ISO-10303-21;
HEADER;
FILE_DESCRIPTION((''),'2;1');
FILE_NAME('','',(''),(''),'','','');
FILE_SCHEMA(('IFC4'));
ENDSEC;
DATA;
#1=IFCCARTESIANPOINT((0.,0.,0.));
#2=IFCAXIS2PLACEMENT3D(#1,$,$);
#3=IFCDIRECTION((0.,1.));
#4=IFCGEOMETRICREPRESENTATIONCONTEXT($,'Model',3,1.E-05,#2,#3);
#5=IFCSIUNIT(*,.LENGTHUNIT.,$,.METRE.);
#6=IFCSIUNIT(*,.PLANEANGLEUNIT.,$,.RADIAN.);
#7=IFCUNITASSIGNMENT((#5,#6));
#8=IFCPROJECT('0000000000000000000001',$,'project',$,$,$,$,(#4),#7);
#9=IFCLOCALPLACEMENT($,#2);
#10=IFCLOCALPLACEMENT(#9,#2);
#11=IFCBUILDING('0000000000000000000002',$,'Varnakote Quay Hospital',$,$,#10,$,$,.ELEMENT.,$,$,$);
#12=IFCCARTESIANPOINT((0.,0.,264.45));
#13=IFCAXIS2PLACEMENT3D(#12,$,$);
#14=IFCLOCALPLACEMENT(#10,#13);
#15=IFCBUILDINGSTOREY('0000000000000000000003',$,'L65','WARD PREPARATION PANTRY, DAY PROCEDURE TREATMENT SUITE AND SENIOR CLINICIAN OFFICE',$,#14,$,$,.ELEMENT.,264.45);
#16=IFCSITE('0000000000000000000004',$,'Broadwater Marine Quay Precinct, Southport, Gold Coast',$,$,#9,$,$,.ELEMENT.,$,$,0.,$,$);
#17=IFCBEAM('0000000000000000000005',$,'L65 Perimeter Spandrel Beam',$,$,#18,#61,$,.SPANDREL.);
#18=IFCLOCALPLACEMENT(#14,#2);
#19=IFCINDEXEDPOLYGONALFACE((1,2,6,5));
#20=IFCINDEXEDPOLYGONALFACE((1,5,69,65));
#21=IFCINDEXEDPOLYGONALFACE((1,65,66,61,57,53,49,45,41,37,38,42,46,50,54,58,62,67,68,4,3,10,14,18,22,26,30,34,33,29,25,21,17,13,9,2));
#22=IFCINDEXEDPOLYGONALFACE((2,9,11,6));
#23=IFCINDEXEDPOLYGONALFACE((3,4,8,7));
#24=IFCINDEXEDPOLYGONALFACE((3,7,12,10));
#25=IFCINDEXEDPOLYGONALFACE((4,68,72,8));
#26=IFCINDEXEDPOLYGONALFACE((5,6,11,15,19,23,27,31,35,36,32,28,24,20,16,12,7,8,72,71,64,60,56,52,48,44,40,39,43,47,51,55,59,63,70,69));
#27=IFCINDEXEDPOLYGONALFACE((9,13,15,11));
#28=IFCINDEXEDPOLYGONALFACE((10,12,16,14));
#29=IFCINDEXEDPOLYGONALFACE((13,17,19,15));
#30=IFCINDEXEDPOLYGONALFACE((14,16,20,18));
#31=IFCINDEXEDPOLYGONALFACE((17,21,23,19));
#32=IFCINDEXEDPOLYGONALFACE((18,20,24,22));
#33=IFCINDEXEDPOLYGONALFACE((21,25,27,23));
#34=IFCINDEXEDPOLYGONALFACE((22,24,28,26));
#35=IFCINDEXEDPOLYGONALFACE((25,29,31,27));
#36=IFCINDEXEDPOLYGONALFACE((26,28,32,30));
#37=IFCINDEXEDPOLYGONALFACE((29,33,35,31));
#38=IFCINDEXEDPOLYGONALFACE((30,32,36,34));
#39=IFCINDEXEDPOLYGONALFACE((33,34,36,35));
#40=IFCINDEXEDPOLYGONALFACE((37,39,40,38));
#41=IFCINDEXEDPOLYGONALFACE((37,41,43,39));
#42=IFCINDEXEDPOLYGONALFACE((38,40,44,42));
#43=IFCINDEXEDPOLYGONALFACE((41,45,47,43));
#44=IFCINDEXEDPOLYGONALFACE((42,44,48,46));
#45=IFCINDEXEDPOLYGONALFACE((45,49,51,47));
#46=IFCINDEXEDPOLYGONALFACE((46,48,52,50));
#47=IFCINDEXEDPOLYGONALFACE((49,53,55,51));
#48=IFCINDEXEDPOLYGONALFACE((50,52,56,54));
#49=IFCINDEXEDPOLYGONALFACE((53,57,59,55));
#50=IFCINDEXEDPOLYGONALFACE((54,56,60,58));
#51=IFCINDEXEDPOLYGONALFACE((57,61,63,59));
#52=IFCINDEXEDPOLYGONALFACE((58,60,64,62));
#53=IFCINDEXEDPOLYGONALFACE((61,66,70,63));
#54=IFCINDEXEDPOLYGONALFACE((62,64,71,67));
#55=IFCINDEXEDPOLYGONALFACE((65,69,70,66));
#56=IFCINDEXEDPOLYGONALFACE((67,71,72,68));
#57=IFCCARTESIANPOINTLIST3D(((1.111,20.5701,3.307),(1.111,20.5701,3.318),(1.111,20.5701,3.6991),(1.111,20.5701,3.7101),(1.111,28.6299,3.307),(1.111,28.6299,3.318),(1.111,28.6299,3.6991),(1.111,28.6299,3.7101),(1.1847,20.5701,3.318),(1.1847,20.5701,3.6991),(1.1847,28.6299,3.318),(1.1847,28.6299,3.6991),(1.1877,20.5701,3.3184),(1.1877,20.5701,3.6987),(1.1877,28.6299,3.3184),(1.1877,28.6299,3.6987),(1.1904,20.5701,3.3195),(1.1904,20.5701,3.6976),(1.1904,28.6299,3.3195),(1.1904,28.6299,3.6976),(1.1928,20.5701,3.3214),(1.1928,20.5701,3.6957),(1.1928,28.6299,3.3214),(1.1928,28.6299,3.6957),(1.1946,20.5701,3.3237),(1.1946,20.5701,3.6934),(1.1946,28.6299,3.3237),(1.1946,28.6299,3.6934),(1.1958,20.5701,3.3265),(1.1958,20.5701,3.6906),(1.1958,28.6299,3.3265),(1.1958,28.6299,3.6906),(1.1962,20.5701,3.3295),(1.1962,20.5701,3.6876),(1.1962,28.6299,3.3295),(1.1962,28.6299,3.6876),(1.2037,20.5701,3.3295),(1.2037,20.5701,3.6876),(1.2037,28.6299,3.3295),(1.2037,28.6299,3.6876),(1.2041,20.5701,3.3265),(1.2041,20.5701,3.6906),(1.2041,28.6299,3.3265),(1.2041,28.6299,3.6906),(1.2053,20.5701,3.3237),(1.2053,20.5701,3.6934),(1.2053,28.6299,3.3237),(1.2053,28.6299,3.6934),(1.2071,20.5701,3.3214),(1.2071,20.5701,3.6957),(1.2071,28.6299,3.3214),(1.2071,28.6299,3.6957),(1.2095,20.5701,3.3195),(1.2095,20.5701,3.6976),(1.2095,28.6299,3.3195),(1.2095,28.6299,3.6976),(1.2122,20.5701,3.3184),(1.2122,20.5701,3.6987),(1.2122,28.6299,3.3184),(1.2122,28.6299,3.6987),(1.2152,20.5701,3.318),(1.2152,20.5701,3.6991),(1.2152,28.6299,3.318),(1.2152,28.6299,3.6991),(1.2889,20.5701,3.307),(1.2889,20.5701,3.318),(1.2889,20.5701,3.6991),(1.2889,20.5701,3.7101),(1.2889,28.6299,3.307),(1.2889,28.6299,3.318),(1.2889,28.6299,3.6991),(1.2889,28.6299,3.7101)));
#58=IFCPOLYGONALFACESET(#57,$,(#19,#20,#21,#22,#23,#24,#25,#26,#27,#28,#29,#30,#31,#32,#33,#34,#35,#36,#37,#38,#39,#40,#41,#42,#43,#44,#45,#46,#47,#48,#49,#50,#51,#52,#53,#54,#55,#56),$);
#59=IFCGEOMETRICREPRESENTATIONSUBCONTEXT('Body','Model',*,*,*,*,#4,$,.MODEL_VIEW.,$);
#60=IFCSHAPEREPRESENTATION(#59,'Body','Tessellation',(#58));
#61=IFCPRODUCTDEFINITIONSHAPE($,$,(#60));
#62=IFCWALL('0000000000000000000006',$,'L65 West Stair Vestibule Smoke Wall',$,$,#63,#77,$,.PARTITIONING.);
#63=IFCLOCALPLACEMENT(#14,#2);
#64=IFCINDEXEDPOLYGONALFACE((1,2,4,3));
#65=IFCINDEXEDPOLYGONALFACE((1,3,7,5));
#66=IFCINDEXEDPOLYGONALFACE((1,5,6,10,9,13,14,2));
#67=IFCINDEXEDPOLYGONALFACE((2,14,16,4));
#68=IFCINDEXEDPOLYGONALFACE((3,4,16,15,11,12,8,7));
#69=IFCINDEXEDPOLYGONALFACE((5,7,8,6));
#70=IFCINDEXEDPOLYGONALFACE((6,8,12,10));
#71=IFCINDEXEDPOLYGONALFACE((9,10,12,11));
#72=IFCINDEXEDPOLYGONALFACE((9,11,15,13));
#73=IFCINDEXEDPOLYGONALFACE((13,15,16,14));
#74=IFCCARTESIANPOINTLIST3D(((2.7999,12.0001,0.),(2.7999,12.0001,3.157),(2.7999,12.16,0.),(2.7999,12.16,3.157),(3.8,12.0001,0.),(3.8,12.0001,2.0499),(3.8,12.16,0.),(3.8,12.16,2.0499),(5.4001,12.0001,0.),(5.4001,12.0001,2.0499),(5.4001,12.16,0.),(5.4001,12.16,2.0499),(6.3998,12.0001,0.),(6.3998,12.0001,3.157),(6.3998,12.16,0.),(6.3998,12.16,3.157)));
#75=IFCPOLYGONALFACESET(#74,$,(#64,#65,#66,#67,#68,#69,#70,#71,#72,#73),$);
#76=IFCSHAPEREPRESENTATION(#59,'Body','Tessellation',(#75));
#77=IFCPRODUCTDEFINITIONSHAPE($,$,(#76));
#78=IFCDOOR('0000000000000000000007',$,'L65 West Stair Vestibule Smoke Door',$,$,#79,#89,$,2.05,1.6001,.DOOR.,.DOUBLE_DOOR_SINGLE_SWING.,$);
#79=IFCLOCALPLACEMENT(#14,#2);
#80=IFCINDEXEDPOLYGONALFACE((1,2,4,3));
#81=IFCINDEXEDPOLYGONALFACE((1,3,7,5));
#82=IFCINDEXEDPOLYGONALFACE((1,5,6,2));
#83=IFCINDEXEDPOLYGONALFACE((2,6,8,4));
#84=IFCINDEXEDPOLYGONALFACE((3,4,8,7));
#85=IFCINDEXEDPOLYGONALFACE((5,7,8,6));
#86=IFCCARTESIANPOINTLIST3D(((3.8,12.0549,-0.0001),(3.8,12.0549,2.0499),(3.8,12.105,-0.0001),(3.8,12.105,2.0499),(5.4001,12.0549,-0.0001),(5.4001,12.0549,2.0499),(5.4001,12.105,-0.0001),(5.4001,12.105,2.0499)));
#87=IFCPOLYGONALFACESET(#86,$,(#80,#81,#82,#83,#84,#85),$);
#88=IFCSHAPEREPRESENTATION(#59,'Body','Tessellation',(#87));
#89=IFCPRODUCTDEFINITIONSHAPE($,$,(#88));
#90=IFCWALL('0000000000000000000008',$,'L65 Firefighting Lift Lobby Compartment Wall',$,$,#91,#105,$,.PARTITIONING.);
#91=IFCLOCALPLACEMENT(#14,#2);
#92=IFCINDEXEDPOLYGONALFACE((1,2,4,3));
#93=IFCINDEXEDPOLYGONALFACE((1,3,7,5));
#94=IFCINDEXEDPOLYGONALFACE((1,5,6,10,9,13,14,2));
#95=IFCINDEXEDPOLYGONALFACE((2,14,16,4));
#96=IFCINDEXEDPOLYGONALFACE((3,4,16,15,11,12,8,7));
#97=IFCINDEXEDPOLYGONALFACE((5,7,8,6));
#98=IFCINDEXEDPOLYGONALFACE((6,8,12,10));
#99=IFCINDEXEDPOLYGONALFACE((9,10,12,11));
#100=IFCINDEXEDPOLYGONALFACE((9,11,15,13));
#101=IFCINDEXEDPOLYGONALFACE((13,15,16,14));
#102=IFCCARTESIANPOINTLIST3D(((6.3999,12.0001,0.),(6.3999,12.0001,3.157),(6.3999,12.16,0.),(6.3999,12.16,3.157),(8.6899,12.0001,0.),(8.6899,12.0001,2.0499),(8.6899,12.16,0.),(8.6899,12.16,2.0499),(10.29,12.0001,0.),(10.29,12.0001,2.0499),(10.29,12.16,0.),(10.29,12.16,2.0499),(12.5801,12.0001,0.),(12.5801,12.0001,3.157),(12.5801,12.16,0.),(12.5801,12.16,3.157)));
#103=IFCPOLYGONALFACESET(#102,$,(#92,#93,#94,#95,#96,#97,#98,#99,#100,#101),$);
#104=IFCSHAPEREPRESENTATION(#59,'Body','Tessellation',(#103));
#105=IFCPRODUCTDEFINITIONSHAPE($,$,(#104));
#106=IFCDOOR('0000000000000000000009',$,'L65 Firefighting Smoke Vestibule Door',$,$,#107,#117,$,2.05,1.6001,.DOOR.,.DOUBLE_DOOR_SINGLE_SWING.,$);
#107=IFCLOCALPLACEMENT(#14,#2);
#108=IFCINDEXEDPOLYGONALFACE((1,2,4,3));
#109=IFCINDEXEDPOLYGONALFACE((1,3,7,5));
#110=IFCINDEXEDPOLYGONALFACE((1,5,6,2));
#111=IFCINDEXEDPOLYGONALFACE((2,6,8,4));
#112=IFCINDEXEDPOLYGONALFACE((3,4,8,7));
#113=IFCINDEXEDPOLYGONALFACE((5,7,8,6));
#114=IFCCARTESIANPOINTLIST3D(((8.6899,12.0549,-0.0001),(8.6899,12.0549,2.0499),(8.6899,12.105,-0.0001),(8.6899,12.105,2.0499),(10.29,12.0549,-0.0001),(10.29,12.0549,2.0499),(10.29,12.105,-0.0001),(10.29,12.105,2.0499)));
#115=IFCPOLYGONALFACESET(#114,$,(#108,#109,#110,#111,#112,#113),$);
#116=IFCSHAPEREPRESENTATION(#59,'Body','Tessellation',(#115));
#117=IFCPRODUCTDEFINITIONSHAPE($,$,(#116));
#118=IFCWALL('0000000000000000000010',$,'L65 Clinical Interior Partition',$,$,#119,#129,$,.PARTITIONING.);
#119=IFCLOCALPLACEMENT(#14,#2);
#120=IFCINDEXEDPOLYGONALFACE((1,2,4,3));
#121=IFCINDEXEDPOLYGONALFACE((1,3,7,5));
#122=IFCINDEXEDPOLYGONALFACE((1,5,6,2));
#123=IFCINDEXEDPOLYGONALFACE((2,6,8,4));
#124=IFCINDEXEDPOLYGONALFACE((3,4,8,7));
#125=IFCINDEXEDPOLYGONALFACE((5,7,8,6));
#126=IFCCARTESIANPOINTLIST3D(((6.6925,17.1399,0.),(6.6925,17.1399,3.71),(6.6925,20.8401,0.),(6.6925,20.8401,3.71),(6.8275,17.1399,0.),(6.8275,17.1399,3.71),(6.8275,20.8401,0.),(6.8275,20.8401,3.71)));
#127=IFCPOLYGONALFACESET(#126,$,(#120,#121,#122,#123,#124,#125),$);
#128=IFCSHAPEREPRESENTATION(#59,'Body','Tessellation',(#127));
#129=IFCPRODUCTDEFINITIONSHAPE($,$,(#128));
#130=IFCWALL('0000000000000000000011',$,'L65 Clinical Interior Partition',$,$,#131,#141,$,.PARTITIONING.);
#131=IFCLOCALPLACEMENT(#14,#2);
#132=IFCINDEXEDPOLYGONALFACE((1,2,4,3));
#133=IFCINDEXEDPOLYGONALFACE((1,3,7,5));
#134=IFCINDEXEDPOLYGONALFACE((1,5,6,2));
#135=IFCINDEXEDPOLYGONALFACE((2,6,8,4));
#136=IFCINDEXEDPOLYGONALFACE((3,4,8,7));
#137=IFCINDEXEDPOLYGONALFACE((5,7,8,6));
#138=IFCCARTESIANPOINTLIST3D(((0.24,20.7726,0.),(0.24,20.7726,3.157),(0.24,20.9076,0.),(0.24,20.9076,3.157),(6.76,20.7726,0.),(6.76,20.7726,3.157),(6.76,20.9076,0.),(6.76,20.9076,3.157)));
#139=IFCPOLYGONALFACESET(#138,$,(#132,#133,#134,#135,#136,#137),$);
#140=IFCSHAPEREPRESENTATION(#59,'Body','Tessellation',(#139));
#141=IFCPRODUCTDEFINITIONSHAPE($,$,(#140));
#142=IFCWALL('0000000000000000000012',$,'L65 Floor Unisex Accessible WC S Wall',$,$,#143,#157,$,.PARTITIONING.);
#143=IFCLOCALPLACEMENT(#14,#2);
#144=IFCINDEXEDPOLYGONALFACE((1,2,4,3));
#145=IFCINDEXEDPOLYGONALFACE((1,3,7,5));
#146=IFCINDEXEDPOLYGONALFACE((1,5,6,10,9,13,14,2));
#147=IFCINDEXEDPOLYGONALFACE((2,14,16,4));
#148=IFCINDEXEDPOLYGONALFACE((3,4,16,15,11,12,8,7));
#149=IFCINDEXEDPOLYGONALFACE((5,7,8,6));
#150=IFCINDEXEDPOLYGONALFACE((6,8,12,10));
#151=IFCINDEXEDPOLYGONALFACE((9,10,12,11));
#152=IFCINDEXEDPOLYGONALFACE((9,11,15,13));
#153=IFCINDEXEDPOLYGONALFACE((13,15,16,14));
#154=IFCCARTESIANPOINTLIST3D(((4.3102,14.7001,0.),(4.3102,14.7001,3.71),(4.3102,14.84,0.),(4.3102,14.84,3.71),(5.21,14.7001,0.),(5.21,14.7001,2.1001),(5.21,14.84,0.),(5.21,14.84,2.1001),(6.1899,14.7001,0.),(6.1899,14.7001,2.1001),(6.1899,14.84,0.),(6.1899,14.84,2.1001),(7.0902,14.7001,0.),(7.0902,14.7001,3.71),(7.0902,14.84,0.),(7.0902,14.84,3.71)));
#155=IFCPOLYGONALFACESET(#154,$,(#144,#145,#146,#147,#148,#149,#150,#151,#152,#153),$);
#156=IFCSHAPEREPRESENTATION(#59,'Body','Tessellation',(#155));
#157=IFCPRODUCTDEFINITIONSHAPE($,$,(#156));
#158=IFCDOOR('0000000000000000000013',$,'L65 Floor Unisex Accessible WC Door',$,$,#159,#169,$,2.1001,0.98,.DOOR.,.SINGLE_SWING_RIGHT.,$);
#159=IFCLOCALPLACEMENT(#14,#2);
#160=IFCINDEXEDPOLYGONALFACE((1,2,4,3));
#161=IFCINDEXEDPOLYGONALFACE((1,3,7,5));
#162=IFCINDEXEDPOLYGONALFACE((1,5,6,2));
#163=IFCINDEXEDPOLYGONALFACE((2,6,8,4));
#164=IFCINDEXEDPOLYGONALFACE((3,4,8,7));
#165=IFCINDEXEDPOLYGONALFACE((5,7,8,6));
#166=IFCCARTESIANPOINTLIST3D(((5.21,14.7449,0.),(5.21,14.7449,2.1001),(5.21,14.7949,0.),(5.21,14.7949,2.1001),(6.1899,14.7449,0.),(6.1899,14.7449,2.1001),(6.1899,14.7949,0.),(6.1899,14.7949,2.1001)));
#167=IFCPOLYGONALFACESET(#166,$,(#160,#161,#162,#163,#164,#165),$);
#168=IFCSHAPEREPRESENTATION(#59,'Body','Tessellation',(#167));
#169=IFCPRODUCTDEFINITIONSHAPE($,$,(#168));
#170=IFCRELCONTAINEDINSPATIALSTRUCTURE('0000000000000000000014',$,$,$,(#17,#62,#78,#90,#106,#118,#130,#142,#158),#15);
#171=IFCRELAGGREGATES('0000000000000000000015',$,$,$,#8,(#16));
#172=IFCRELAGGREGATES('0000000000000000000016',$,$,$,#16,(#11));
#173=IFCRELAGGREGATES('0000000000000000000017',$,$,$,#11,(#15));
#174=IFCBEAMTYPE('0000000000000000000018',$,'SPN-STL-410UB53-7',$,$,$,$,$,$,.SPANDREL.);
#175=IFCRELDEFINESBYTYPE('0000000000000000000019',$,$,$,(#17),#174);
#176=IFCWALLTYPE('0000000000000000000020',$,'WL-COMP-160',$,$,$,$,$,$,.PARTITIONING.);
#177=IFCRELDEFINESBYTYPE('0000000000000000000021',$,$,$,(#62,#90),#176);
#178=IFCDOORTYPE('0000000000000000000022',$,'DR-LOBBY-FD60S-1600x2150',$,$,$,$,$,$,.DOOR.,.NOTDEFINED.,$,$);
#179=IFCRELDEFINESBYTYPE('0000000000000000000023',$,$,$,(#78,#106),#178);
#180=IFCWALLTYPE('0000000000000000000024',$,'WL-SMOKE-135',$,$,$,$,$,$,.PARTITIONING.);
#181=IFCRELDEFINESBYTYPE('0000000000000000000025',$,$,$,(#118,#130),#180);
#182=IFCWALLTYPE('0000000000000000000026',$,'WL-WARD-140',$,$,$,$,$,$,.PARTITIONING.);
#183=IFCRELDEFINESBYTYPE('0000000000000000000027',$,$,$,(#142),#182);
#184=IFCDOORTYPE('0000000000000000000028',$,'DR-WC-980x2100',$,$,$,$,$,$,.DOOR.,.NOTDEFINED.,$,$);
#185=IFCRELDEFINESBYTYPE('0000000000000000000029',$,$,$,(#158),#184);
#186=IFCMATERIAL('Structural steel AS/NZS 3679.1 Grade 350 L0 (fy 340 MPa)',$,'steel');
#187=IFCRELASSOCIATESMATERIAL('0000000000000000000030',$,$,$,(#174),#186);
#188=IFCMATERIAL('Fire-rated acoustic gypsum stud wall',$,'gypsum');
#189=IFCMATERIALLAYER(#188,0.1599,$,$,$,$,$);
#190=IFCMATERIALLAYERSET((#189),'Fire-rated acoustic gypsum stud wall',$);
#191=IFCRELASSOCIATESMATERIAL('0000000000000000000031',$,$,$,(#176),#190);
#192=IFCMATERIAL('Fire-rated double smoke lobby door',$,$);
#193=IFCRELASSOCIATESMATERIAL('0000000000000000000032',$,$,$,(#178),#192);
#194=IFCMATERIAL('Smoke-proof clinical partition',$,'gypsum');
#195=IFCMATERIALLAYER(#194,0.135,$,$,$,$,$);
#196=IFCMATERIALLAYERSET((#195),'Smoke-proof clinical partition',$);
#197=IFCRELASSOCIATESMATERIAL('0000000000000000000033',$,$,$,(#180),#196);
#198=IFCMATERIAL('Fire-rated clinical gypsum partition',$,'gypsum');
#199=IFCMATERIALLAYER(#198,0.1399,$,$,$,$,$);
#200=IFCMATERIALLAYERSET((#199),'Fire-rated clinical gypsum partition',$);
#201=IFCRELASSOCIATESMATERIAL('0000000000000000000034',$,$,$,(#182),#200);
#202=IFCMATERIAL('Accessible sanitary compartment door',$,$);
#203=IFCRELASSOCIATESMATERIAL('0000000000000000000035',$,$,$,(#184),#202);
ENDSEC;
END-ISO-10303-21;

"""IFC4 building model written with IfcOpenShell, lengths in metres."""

from ifc_helpers import new_model, si_unit, direction, frame, frame_2d, origin, origin_2d, place, context, subcontext, project, spatial, rectangle, i_section, extrude, material, layer, layer_set, material_profile, profile_set, type_object, element, fill, save


model = new_model("IFC4")

# Units and contexts
model_context = context("Model", 3, precision=1e-05, world=origin(), true_north=direction((0.0, 1.0)))
body_context = subcontext(model_context, "Body", "Model", "MODEL_VIEW")
ifc_project = project(units=[si_unit("LENGTHUNIT", "METRE"), si_unit("PLANEANGLEUNIT", "RADIAN")], contexts=[model_context])

# Site, building, storey
site_placement = place(None, origin())
site = spatial("IfcSite", under=ifc_project, at=site_placement, Name="Broadwater Marine Quay Precinct, Southport, Gold Coast", CompositionType="ELEMENT", RefElevation=0.0)
building_placement = place(site_placement, origin())
building = spatial("IfcBuilding", under=site, at=building_placement, Name="Varnakote Quay Hospital", CompositionType="ELEMENT")
storey_placement = place(building_placement, frame((0.0, 0.0, 264.45)))
storey = spatial("IfcBuildingStorey", under=building, at=storey_placement, Name="L65", Description="WARD PREPARATION PANTRY, DAY PROCEDURE TREATMENT SUITE AND SENIOR CLINICIAN OFFICE", CompositionType="ELEMENT", Elevation=264.45)

# Beam
ifc_material_1 = material(Name="Structural steel AS/NZS 3679.1 Grade 350 L0 (fy 340 MPa)", Category="steel")
ifc_material_profile_1 = material_profile(ifc_material_1, i_section(OverallWidth=0.178, OverallDepth=0.4031, WebThickness=0.0076, FlangeThickness=0.011, FilletRadius=0.0115, at=origin_2d()), Name="410UB53.7")
ifc_profile_set_1 = profile_set([ifc_material_profile_1], Name="Structural steel AS/NZS 3679.1 Grade 350 L0 (fy 340 MPa)")
beam_type_1 = type_object("IfcBeamType", Name="SPN-STL-410UB53-7", PredefinedType="SPANDREL", material=ifc_profile_set_1)
beam_1_placement = place(storey_placement, frame((1.2, 20.5701, 3.5085), z_axis=(0.0, 1.0, 0.0), x_axis=(-1.0, 0.0, 0.0)))
element("IfcBeam", 1, at=beam_1_placement, inside=storey, type_object=beam_type_1, Name="L65 Perimeter Spandrel Beam", PredefinedType="SPANDREL", context=body_context, shape_type="SweptSolid", body=[
    extrude(i_section(OverallWidth=0.178, OverallDepth=0.4031, WebThickness=0.0076, FlangeThickness=0.011, FilletRadius=0.0115, at=origin_2d()), origin(), (0.0, 0.0, 1.0), 8.0598),
])

# Walls, openings, doors
ifc_material_2 = material(Name="Fire-rated acoustic gypsum stud wall", Category="gypsum")
ifc_layer_1 = layer(ifc_material_2, 0.1599)
ifc_layer_set_1 = layer_set([ifc_layer_1], Name="Fire-rated acoustic gypsum stud wall")
wall_type_1 = type_object("IfcWallType", Name="WL-COMP-160", PredefinedType="PARTITIONING", material=ifc_layer_set_1)
wall_1_placement = place(storey_placement, frame((2.8, 12.0801, 0.0), z_axis=(0.0, 0.0, 1.0), x_axis=(1.0, 0.0, 0.0)))
wall_1 = element("IfcWall", 2, at=wall_1_placement, inside=storey, type_object=wall_type_1, Name="L65 West Stair Vestibule Smoke Wall", PredefinedType="PARTITIONING", context=body_context, shape_type="SweptSolid", body=[
    extrude(rectangle(XDim=3.5999, YDim=0.1599, at=frame_2d((1.7998, 0.0))), origin(), (0.0, 0.0, 1.0), 3.157),
])
opening_1_placement = place(wall_1_placement, frame((1.0, 0.0, 0.0)))
opening_1 = element("IfcOpeningElement", 3, at=opening_1_placement, cuts=wall_1, PredefinedType="OPENING", context=body_context, shape_type="SweptSolid", body=[
    extrude(rectangle(XDim=1.6001, YDim=2.05, at=frame_2d((0.8, 1.0249))), frame((0.0, 0.0898, 0.0), z_axis=(0.0, -1.0, 0.0), x_axis=(1.0, 0.0, 0.0)), (0.0, 0.0, 1.0), 0.1799),
])
ifc_material_3 = material(Name="Fire-rated double smoke lobby door")
door_type_1 = type_object("IfcDoorType", Name="DR-LOBBY-FD60S-1600x2150", OperationType="NOTDEFINED", PredefinedType="DOOR", material=ifc_material_3)
door_1_placement = place(opening_1_placement, origin())
door_1 = element("IfcDoor", 4, at=door_1_placement, inside=storey, type_object=door_type_1, Name="L65 West Stair Vestibule Smoke Door", OperationType="DOUBLE_DOOR_SINGLE_SWING", OverallHeight=2.05, OverallWidth=1.6001, PredefinedType="DOOR", context=body_context, shape_type="SweptSolid", body=[
    extrude(rectangle(XDim=1.6001, YDim=2.05, at=frame_2d((0.8, 1.0249))), frame((0.0, 0.0249, 0.0), z_axis=(0.0, -1.0, 0.0), x_axis=(1.0, 0.0, 0.0)), (0.0, 0.0, 1.0), 0.05),
])
fill(opening_1, door_1)
wall_2_placement = place(storey_placement, frame((6.3999, 12.0801, 0.0), z_axis=(0.0, 0.0, 1.0), x_axis=(1.0, 0.0, 0.0)))
wall_2 = element("IfcWall", 5, at=wall_2_placement, inside=storey, type_object=wall_type_1, Name="L65 Firefighting Lift Lobby Compartment Wall", PredefinedType="PARTITIONING", context=body_context, shape_type="SweptSolid", body=[
    extrude(rectangle(XDim=6.1802, YDim=0.1599, at=frame_2d((3.0901, 0.0))), origin(), (0.0, 0.0, 1.0), 3.157),
])
opening_2_placement = place(wall_2_placement, frame((2.29, 0.0, 0.0)))
opening_2 = element("IfcOpeningElement", 6, at=opening_2_placement, cuts=wall_2, PredefinedType="OPENING", context=body_context, shape_type="SweptSolid", body=[
    extrude(rectangle(XDim=1.6001, YDim=2.05, at=frame_2d((0.8, 1.0249))), frame((0.0, 0.0898, 0.0), z_axis=(0.0, -1.0, 0.0), x_axis=(1.0, 0.0, 0.0)), (0.0, 0.0, 1.0), 0.1799),
])
door_2_placement = place(opening_2_placement, origin())
door_2 = element("IfcDoor", 7, at=door_2_placement, inside=storey, type_object=door_type_1, Name="L65 Firefighting Smoke Vestibule Door", OperationType="DOUBLE_DOOR_SINGLE_SWING", OverallHeight=2.05, OverallWidth=1.6001, PredefinedType="DOOR", context=body_context, shape_type="SweptSolid", body=[
    extrude(rectangle(XDim=1.6001, YDim=2.05, at=frame_2d((0.8, 1.0249))), frame((0.0, 0.0249, 0.0), z_axis=(0.0, -1.0, 0.0), x_axis=(1.0, 0.0, 0.0)), (0.0, 0.0, 1.0), 0.05),
])
fill(opening_2, door_2)

# Walls
ifc_material_4 = material(Name="Smoke-proof clinical partition", Category="gypsum")
ifc_layer_2 = layer(ifc_material_4, 0.135)
ifc_layer_set_2 = layer_set([ifc_layer_2], Name="Smoke-proof clinical partition")
wall_type_2 = type_object("IfcWallType", Name="WL-SMOKE-135", PredefinedType="PARTITIONING", material=ifc_layer_set_2)
wall_3_placement = place(storey_placement, frame((6.76, 17.1399, 0.0), z_axis=(0.0, 0.0, 1.0), x_axis=(0.0, 1.0, 0.0)))
element("IfcWall", 8, at=wall_3_placement, inside=storey, type_object=wall_type_2, Name="L65 Clinical Interior Partition", PredefinedType="PARTITIONING", context=body_context, shape_type="SweptSolid", body=[
    extrude(rectangle(XDim=3.7002, YDim=0.135, at=frame_2d((1.8501, 0.0))), origin(), (0.0, 0.0, 1.0), 3.71),
])
wall_4_placement = place(storey_placement, frame((6.76, 20.8401, 0.0), z_axis=(0.0, 0.0, 1.0), x_axis=(-1.0, 0.0, 0.0)))
element("IfcWall", 9, at=wall_4_placement, inside=storey, type_object=wall_type_2, Name="L65 Clinical Interior Partition", PredefinedType="PARTITIONING", context=body_context, shape_type="SweptSolid", body=[
    extrude(rectangle(XDim=6.52, YDim=0.135, at=frame_2d((3.26, 0.0))), origin(), (0.0, 0.0, 1.0), 3.157),
])

# Wall, opening, door
ifc_material_5 = material(Name="Fire-rated clinical gypsum partition", Category="gypsum")
ifc_layer_3 = layer(ifc_material_5, 0.1399)
ifc_layer_set_3 = layer_set([ifc_layer_3], Name="Fire-rated clinical gypsum partition")
wall_type_3 = type_object("IfcWallType", Name="WL-WARD-140", PredefinedType="PARTITIONING", material=ifc_layer_set_3)
wall_5_placement = place(storey_placement, frame((4.3101, 14.77, 0.0), z_axis=(0.0, 0.0, 1.0), x_axis=(1.0, 0.0, 0.0)))
wall_5 = element("IfcWall", 10, at=wall_5_placement, inside=storey, type_object=wall_type_3, Name="L65 Floor Unisex Accessible WC S Wall", PredefinedType="PARTITIONING", context=body_context, shape_type="SweptSolid", body=[
    extrude(rectangle(XDim=2.78, YDim=0.1399, at=frame_2d((1.3901, 0.0))), origin(), (0.0, 0.0, 1.0), 3.71),
])
opening_3_placement = place(wall_5_placement, frame((0.8999, 0.0, 0.0)))
opening_3 = element("IfcOpeningElement", 11, at=opening_3_placement, cuts=wall_5, PredefinedType="OPENING", context=body_context, shape_type="SweptSolid", body=[
    extrude(rectangle(XDim=0.98, YDim=2.1001, at=frame_2d((0.49, 1.05))), frame((0.0, 0.0798, 0.0), z_axis=(0.0, -1.0, 0.0), x_axis=(1.0, 0.0, 0.0)), (0.0, 0.0, 1.0), 0.1599),
])
ifc_material_6 = material(Name="Accessible sanitary compartment door")
door_type_2 = type_object("IfcDoorType", Name="DR-WC-980x2100", OperationType="NOTDEFINED", PredefinedType="DOOR", material=ifc_material_6)
door_3_placement = place(opening_3_placement, origin())
door_3 = element("IfcDoor", 12, at=door_3_placement, inside=storey, type_object=door_type_2, Name="L65 Floor Unisex Accessible WC Door", OperationType="SINGLE_SWING_RIGHT", OverallHeight=2.1001, OverallWidth=0.98, PredefinedType="DOOR", context=body_context, shape_type="SweptSolid", body=[
    extrude(rectangle(XDim=0.98, YDim=2.1001, at=frame_2d((0.49, 1.05))), frame((0.0, 0.0249, 0.0), z_axis=(0.0, -1.0, 0.0), x_axis=(1.0, 0.0, 0.0)), (0.0, 0.0, 1.0), 0.05),
])
fill(opening_3, door_3)

save(model, "model.ifc")
